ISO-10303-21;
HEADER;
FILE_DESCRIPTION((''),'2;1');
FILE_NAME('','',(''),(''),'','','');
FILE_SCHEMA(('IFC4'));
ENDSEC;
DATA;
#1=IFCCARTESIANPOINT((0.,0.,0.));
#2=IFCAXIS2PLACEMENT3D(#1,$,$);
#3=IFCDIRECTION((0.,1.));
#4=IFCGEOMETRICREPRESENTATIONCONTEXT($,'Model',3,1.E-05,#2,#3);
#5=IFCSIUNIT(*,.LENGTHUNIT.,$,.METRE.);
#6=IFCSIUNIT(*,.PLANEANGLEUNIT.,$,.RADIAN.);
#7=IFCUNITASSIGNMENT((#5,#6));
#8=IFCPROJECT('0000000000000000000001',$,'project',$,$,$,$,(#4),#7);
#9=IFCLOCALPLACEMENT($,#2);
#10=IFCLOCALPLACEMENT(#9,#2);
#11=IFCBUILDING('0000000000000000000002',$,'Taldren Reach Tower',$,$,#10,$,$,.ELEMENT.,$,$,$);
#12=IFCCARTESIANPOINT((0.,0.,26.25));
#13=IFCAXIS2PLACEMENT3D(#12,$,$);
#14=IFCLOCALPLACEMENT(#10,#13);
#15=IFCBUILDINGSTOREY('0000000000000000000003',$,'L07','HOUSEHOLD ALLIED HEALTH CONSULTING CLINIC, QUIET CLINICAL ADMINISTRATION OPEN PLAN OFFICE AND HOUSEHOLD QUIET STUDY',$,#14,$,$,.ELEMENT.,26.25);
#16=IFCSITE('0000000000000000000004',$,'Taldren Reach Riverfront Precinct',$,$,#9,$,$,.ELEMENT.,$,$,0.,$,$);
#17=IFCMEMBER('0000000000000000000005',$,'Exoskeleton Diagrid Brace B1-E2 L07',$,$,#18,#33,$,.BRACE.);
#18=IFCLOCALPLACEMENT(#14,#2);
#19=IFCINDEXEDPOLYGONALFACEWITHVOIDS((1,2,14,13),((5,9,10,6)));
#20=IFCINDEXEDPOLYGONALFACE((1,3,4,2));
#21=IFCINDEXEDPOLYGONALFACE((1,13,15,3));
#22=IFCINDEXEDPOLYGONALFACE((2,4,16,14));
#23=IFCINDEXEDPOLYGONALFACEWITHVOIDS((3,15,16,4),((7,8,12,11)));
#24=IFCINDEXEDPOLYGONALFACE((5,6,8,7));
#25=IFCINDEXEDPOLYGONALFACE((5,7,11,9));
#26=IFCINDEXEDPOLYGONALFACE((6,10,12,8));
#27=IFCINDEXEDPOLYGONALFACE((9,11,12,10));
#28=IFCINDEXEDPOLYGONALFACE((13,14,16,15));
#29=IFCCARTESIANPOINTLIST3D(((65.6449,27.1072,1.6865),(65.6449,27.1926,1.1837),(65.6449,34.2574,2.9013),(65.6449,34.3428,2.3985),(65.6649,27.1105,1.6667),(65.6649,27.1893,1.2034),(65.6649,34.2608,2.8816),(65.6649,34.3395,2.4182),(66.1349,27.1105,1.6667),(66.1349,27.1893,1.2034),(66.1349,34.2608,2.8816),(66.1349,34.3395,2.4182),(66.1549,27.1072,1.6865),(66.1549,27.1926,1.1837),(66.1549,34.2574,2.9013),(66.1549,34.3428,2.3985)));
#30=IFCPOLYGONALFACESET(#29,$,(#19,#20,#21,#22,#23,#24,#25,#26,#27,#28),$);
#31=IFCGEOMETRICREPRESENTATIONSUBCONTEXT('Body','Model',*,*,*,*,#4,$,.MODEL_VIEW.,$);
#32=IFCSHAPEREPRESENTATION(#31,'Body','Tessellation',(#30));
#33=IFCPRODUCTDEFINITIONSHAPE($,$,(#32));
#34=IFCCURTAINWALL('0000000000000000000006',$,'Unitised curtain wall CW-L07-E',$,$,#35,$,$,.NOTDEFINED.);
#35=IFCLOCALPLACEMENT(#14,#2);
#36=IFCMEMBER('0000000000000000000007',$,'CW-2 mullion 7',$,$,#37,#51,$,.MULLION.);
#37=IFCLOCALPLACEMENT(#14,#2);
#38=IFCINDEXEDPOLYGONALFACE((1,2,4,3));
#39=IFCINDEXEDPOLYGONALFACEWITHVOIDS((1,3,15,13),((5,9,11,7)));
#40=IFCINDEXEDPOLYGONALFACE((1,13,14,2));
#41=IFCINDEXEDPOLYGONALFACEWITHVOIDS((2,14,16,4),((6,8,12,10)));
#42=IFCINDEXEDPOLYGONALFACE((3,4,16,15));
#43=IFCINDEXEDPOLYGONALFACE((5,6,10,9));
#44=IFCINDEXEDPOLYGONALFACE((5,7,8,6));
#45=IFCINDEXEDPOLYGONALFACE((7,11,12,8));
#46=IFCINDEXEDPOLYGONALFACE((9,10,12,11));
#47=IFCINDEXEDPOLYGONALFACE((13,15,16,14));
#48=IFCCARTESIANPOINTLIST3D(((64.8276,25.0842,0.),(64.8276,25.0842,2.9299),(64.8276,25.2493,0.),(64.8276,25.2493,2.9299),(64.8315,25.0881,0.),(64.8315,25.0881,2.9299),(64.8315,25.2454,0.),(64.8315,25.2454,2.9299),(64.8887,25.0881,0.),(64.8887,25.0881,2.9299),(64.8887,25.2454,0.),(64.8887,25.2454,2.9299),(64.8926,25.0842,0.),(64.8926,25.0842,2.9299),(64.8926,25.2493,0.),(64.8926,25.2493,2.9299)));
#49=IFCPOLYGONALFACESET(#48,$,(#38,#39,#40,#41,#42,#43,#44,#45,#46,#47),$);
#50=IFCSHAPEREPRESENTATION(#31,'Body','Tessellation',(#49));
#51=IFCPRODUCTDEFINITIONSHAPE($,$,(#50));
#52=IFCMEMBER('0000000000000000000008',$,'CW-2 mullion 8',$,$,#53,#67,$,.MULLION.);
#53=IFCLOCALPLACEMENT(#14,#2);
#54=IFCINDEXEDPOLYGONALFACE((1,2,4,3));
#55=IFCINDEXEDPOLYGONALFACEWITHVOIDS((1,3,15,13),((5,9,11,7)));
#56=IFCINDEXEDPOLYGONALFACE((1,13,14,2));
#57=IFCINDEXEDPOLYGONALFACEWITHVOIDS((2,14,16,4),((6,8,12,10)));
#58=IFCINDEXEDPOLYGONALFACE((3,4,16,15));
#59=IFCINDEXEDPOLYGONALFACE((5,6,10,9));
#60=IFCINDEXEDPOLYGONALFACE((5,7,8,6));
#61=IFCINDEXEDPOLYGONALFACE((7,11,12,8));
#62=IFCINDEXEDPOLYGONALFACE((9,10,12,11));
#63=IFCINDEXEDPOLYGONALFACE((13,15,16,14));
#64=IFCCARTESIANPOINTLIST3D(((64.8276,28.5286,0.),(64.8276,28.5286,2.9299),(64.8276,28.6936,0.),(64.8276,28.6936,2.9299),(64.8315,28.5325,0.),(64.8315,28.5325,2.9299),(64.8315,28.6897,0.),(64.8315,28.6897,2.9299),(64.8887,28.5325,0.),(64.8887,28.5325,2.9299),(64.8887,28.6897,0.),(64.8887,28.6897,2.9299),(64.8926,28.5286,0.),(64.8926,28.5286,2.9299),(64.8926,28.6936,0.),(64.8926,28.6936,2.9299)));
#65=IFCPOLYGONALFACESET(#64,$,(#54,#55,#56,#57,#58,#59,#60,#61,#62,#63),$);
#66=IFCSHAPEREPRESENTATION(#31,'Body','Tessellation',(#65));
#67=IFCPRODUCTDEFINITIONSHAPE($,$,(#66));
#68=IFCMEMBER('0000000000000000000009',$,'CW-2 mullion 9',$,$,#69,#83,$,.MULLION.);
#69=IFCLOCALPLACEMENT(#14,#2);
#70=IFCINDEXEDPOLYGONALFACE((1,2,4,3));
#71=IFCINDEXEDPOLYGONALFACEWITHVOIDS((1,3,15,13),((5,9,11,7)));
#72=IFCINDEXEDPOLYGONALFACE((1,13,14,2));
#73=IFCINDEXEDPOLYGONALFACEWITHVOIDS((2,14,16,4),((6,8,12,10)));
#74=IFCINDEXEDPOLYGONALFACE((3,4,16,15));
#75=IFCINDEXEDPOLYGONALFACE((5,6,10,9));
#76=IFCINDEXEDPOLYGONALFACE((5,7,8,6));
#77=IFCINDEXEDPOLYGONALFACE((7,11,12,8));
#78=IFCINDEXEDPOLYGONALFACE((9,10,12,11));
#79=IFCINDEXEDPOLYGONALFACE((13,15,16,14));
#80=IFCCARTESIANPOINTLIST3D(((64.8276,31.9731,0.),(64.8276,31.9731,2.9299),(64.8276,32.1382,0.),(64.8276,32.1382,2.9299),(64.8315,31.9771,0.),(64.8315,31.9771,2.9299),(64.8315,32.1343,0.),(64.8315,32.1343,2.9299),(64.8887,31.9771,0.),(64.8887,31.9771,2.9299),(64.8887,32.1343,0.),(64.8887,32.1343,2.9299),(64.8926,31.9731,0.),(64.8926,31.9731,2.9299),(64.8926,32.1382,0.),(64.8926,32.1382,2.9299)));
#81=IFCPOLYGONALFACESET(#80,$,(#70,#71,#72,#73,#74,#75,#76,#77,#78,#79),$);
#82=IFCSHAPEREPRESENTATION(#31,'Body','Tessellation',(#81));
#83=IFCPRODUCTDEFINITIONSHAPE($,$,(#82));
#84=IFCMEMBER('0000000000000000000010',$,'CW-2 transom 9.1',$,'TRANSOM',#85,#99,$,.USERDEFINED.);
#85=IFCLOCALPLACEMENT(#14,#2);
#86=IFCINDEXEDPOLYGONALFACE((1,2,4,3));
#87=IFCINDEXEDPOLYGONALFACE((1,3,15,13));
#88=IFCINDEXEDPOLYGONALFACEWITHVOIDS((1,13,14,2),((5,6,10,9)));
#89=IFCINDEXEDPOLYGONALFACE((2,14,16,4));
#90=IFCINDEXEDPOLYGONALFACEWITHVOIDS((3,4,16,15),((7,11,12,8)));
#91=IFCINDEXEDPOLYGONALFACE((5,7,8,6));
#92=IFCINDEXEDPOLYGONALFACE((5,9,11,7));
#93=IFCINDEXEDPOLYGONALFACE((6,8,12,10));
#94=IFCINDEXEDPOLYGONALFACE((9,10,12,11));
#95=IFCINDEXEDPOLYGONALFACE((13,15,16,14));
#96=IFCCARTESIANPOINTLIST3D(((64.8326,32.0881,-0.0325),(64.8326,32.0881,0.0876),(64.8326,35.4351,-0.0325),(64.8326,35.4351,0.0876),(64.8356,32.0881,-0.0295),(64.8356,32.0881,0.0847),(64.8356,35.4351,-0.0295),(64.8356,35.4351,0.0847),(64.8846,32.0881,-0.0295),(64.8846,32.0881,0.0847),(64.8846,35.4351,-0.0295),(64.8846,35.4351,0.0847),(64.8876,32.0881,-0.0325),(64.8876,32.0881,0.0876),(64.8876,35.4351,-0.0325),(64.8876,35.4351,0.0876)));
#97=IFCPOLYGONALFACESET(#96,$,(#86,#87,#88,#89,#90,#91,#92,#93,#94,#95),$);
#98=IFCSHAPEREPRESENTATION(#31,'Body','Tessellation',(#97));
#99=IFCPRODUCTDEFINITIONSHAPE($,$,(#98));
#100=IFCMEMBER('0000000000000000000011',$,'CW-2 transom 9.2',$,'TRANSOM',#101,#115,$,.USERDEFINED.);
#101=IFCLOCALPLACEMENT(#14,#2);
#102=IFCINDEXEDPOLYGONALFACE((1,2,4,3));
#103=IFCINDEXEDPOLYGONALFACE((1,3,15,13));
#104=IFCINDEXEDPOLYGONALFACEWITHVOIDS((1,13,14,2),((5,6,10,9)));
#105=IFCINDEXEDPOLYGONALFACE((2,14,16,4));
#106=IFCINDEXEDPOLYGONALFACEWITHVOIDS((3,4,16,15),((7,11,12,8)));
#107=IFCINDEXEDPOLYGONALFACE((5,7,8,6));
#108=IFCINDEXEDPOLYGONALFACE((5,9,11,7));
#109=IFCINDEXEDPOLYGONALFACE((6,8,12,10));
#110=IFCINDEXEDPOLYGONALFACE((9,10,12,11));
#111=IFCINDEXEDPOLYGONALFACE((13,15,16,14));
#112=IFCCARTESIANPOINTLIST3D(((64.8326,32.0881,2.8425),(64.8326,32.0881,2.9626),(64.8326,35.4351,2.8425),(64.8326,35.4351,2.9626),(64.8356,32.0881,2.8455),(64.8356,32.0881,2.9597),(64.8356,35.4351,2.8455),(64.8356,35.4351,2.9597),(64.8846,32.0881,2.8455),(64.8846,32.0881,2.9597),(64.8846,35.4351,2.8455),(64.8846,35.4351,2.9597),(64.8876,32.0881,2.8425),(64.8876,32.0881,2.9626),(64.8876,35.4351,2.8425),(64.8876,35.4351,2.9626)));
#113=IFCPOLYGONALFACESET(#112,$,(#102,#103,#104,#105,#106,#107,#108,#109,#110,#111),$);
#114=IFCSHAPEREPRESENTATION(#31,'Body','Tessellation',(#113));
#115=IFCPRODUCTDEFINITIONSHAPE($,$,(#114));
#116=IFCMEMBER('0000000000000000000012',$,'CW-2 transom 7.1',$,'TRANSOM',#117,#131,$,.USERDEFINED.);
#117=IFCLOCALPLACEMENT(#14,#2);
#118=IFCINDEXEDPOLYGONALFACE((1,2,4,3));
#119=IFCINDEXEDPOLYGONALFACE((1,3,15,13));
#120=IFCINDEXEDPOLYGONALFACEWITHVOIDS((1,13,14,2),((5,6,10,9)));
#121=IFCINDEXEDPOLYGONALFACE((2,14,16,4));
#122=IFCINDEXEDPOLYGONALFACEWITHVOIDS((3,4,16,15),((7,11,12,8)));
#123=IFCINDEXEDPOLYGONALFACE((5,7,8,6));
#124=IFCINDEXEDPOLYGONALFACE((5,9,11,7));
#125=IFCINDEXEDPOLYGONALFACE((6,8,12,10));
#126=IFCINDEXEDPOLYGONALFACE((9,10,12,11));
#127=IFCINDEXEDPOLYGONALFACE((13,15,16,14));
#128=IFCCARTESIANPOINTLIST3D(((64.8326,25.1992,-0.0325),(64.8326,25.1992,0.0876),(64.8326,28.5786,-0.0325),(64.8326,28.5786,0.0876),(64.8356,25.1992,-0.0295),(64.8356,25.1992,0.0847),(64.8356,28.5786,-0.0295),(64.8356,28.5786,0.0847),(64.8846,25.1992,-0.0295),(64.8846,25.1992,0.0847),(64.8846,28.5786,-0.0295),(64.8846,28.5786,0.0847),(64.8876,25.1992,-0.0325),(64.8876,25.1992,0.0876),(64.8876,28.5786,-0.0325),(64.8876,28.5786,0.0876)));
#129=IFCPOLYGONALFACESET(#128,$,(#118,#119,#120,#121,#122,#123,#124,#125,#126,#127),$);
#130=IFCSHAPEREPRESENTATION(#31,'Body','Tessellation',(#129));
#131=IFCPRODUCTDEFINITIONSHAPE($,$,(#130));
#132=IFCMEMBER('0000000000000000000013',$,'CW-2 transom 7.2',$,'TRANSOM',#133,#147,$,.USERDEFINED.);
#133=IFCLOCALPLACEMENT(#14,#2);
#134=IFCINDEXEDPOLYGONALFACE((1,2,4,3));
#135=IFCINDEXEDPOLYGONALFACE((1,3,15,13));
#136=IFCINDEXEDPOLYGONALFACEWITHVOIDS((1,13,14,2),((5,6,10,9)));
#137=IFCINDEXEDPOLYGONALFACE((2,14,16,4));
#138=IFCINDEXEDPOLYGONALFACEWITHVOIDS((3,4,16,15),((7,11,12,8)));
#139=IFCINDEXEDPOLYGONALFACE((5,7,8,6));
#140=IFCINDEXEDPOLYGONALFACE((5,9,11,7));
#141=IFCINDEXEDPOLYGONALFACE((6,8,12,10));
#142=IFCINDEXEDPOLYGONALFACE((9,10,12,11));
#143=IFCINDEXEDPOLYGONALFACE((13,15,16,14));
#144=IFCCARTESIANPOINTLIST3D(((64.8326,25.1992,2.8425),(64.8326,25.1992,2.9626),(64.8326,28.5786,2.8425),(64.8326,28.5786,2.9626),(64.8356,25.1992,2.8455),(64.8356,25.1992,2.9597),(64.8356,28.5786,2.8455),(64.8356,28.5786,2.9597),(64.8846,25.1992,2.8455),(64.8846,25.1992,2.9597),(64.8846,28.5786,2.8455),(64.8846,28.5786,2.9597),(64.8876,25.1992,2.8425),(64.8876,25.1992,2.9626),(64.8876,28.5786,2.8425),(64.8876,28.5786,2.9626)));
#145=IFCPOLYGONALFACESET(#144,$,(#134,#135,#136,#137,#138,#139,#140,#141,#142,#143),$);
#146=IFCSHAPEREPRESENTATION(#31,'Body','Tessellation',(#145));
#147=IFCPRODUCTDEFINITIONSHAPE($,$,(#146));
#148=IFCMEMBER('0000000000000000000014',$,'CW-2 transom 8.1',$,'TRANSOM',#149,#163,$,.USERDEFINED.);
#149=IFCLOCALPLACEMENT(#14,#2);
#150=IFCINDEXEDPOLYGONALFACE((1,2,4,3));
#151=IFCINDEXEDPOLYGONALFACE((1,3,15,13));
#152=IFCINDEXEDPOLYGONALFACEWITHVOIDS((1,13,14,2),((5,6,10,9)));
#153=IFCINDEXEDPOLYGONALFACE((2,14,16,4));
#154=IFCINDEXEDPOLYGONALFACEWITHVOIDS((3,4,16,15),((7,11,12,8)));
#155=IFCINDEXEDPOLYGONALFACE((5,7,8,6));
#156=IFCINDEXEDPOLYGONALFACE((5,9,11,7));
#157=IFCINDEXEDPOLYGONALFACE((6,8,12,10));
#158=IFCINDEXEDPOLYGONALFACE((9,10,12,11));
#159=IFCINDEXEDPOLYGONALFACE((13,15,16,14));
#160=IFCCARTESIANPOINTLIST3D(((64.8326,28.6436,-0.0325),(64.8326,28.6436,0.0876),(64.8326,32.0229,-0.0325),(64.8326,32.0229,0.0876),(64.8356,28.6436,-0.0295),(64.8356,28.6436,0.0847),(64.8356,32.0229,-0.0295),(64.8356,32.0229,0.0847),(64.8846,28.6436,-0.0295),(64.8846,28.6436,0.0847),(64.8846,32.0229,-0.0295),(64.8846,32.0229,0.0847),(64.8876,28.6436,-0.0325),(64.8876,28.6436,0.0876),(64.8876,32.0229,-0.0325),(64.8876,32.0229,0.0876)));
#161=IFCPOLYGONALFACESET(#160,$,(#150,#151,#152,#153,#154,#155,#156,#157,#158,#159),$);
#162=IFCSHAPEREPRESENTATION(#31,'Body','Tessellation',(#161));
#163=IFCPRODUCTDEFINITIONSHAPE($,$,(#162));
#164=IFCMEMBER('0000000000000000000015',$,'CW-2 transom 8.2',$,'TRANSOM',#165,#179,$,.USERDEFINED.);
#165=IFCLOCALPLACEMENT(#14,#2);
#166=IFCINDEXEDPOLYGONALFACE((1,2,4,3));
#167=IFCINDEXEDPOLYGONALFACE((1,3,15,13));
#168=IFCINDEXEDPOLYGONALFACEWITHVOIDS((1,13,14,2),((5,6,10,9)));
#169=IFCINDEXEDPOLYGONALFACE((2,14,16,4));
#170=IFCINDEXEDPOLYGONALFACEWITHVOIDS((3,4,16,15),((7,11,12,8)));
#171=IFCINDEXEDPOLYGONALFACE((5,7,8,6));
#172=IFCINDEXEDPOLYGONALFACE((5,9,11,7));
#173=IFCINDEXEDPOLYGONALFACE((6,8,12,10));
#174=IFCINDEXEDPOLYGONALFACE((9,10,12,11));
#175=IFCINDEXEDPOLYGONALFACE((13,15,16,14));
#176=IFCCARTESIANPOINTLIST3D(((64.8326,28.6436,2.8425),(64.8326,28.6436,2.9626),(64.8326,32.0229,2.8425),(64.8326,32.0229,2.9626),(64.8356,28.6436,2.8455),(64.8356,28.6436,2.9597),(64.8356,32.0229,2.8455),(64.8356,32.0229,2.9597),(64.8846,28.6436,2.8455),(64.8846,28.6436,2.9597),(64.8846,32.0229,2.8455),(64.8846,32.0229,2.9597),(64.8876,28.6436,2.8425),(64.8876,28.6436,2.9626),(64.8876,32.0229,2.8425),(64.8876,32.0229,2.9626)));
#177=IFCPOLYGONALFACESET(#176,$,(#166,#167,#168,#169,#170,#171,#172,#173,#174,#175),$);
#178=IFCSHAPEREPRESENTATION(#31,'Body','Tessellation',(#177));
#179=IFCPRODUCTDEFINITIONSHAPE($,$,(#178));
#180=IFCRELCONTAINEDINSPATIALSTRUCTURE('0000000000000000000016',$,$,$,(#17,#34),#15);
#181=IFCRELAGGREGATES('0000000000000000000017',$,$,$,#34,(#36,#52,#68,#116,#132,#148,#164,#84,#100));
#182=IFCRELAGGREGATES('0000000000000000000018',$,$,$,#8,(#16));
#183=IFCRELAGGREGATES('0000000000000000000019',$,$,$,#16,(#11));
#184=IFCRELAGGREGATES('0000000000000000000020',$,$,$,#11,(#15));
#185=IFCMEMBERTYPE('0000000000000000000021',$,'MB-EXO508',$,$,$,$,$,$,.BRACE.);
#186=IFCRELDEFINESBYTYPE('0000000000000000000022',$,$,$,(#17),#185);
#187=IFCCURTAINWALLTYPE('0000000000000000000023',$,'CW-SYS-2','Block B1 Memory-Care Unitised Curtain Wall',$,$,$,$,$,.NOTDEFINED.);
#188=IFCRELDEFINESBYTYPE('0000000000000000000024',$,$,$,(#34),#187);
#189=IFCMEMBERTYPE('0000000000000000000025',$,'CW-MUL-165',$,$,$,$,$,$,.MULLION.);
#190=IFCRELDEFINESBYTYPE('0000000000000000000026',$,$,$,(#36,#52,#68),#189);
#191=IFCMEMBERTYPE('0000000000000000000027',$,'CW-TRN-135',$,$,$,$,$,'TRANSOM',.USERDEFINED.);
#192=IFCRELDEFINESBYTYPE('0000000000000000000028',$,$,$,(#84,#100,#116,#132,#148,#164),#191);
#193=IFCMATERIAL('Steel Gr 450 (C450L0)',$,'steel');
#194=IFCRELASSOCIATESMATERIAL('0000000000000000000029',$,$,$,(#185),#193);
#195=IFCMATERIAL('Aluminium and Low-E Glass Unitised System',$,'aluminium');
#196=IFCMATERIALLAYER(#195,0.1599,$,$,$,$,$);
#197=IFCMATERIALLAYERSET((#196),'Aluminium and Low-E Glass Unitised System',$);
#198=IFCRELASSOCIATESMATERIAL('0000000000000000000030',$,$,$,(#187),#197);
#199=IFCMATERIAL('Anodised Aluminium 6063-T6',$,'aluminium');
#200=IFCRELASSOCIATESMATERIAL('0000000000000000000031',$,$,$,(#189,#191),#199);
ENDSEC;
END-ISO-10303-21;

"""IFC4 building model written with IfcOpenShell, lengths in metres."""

from ifc_helpers import new_model, si_unit, direction, frame, origin, origin_2d, place, context, subcontext, project, spatial, hollow_rectangle, extrude, source, transform, mapped, material, layer, layer_set, material_profile, profile_set, type_object, element, aggregate, save


model = new_model("IFC4")

# Units and contexts
model_context = context("Model", 3, precision=1e-05, world=origin(), true_north=direction((0.0, 1.0)))
body_context = subcontext(model_context, "Body", "Model", "MODEL_VIEW")
ifc_project = project(units=[si_unit("LENGTHUNIT", "METRE"), si_unit("PLANEANGLEUNIT", "RADIAN")], contexts=[model_context])

# Site, building, storey
site_placement = place(None, origin())
site = spatial("IfcSite", under=ifc_project, at=site_placement, Name="Taldren Reach Riverfront Precinct", CompositionType="ELEMENT", RefElevation=0.0)
building_placement = place(site_placement, origin())
building = spatial("IfcBuilding", under=site, at=building_placement, Name="Taldren Reach Tower", CompositionType="ELEMENT")
storey_placement = place(building_placement, frame((0.0, 0.0, 26.25)))
storey = spatial("IfcBuildingStorey", under=building, at=storey_placement, Name="L07", Description="HOUSEHOLD ALLIED HEALTH CONSULTING CLINIC, QUIET CLINICAL ADMINISTRATION OPEN PLAN OFFICE AND HOUSEHOLD QUIET STUDY", CompositionType="ELEMENT", Elevation=26.25)

# Member
ifc_material_1 = material(Name="Steel Gr 450 (C450L0)", Category="steel")
ifc_material_profile_1 = material_profile(ifc_material_1, hollow_rectangle(XDim=0.51, YDim=0.51, WallThickness=0.02, at=origin_2d()), Name="510x510x20.0SHS")
ifc_profile_set_1 = profile_set([ifc_material_profile_1], Name="Steel Gr 450 (C450L0)")
member_type_1 = type_object("IfcMemberType", Name="MB-EXO508", PredefinedType="BRACE", material=ifc_profile_set_1)
shared_shape_1 = source(origin(), body_context, "Body", "SweptSolid", [
    extrude(hollow_rectangle(XDim=0.51, YDim=0.51, WallThickness=0.02, at=origin_2d()), origin(), (0.0, 0.0, 1.0), 7.2527),
])
member_1_placement = place(storey_placement, frame((65.8999, 27.1499, 1.4351), z_axis=(0.0, 0.985871, 0.167504), x_axis=(-1.0, 0.0, 0.0)))
element("IfcMember", 1, at=member_1_placement, inside=storey, type_object=member_type_1, Name="Exoskeleton Diagrid Brace B1-E2 L07", PredefinedType="BRACE", context=body_context, shape_type="MappedRepresentation", body=[
    mapped(shared_shape_1, transform((0.0, 0.0, 0.0), scale=1.0)),
])

# Curtain wall, members
ifc_material_2 = material(Name="Aluminium and Low-E Glass Unitised System", Category="aluminium")
ifc_layer_1 = layer(ifc_material_2, 0.1599)
ifc_layer_set_1 = layer_set([ifc_layer_1], Name="Aluminium and Low-E Glass Unitised System")
curtain_wall_type = type_object("IfcCurtainWallType", Name="CW-SYS-2", Description="Block B1 Memory-Care Unitised Curtain Wall", PredefinedType="NOTDEFINED", material=ifc_layer_set_1)
curtain_wall_placement = place(storey_placement, origin())
curtain_wall = element("IfcCurtainWall", 2, at=curtain_wall_placement, inside=storey, type_object=curtain_wall_type, Name="Unitised curtain wall CW-L07-E", PredefinedType="NOTDEFINED")
ifc_material_3 = material(Name="Anodised Aluminium 6063-T6", Category="aluminium")
ifc_material_profile_2 = material_profile(ifc_material_3, hollow_rectangle(XDim=0.0649, YDim=0.165, WallThickness=0.0039, at=origin_2d()), Name="ALU-165x65x4RHS")
ifc_profile_set_2 = profile_set([ifc_material_profile_2], Name="Anodised Aluminium 6063-T6")
member_type_2 = type_object("IfcMemberType", Name="CW-MUL-165", PredefinedType="MULLION", material=ifc_profile_set_2)
shared_shape_2 = source(origin(), body_context, "Body", "SweptSolid", [
    extrude(hollow_rectangle(XDim=0.0649, YDim=0.165, WallThickness=0.0039, at=origin_2d()), origin(), (0.0, 0.0, 1.0), 2.9299),
])
member_2_placement = place(storey_placement, frame((64.8601, 25.1667, 0.0), z_axis=(0.0, 0.0, 1.0), x_axis=(-1.0, 0.0, 0.0)))
member_2 = element("IfcMember", 3, at=member_2_placement, type_object=member_type_2, Name="CW-2 mullion 7", PredefinedType="MULLION", context=body_context, shape_type="MappedRepresentation", body=[
    mapped(shared_shape_2, transform((0.0, 0.0, 0.0), scale=1.0)),
])
member_3_placement = place(storey_placement, frame((64.8601, 28.6111, 0.0), z_axis=(0.0, 0.0, 1.0), x_axis=(-1.0, 0.0, 0.0)))
member_3 = element("IfcMember", 4, at=member_3_placement, type_object=member_type_2, Name="CW-2 mullion 8", PredefinedType="MULLION", context=body_context, shape_type="MappedRepresentation", body=[
    mapped(shared_shape_2, transform((0.0, 0.0, 0.0), scale=1.0)),
])
member_4_placement = place(storey_placement, frame((64.8601, 32.0557, 0.0), z_axis=(0.0, 0.0, 1.0), x_axis=(-1.0, 0.0, 0.0)))
member_4 = element("IfcMember", 5, at=member_4_placement, type_object=member_type_2, Name="CW-2 mullion 9", PredefinedType="MULLION", context=body_context, shape_type="MappedRepresentation", body=[
    mapped(shared_shape_2, transform((0.0, 0.0, 0.0), scale=1.0)),
])
ifc_material_profile_3 = material_profile(ifc_material_3, hollow_rectangle(XDim=0.0549, YDim=0.1201, WallThickness=0.0029, at=origin_2d()), Name="ALU-120x55x3RHS")
ifc_profile_set_3 = profile_set([ifc_material_profile_3], Name="Anodised Aluminium 6063-T6")
member_type_3 = type_object("IfcMemberType", Name="CW-TRN-135", ElementType="TRANSOM", PredefinedType="USERDEFINED", material=ifc_profile_set_3)
shared_shape_3 = source(origin(), body_context, "Body", "SweptSolid", [
    extrude(hollow_rectangle(XDim=0.0549, YDim=0.1201, WallThickness=0.0029, at=origin_2d()), origin(), (0.0, 0.0, 1.0), 3.3469),
])
member_5_placement = place(storey_placement, frame((64.8601, 32.0881, 0.0276), z_axis=(0.0, 1.0, 0.0), x_axis=(-1.0, 0.0, 0.0)))
member_5 = element("IfcMember", 6, at=member_5_placement, type_object=member_type_3, Name="CW-2 transom 9.1", ObjectType="TRANSOM", PredefinedType="USERDEFINED", context=body_context, shape_type="MappedRepresentation", body=[
    mapped(shared_shape_3, transform((0.0, 0.0, 0.0), scale=1.0)),
])
member_6_placement = place(storey_placement, frame((64.8601, 32.0881, 2.9026), z_axis=(0.0, 1.0, 0.0), x_axis=(-1.0, 0.0, 0.0)))
member_6 = element("IfcMember", 7, at=member_6_placement, type_object=member_type_3, Name="CW-2 transom 9.2", ObjectType="TRANSOM", PredefinedType="USERDEFINED", context=body_context, shape_type="MappedRepresentation", body=[
    mapped(shared_shape_3, transform((0.0, 0.0, 0.0), scale=1.0)),
])
shared_shape_4 = source(origin(), body_context, "Body", "SweptSolid", [
    extrude(hollow_rectangle(XDim=0.0549, YDim=0.1201, WallThickness=0.0029, at=origin_2d()), origin(), (0.0, 0.0, 1.0), 3.3794),
])
member_7_placement = place(storey_placement, frame((64.8601, 25.1992, 0.0276), z_axis=(0.0, 1.0, 0.0), x_axis=(-1.0, 0.0, 0.0)))
member_7 = element("IfcMember", 8, at=member_7_placement, type_object=member_type_3, Name="CW-2 transom 7.1", ObjectType="TRANSOM", PredefinedType="USERDEFINED", context=body_context, shape_type="MappedRepresentation", body=[
    mapped(shared_shape_4, transform((0.0, 0.0, 0.0), scale=1.0)),
])
member_8_placement = place(storey_placement, frame((64.8601, 25.1992, 2.9026), z_axis=(0.0, 1.0, 0.0), x_axis=(-1.0, 0.0, 0.0)))
member_8 = element("IfcMember", 9, at=member_8_placement, type_object=member_type_3, Name="CW-2 transom 7.2", ObjectType="TRANSOM", PredefinedType="USERDEFINED", context=body_context, shape_type="MappedRepresentation", body=[
    mapped(shared_shape_4, transform((0.0, 0.0, 0.0), scale=1.0)),
])
member_9_placement = place(storey_placement, frame((64.8601, 28.6436, 0.0276), z_axis=(0.0, 1.0, 0.0), x_axis=(-1.0, 0.0, 0.0)))
member_9 = element("IfcMember", 10, at=member_9_placement, type_object=member_type_3, Name="CW-2 transom 8.1", ObjectType="TRANSOM", PredefinedType="USERDEFINED", context=body_context, shape_type="MappedRepresentation", body=[
    mapped(shared_shape_4, transform((0.0, 0.0, 0.0), scale=1.0)),
])
member_10_placement = place(storey_placement, frame((64.8601, 28.6436, 2.9026), z_axis=(0.0, 1.0, 0.0), x_axis=(-1.0, 0.0, 0.0)))
member_10 = element("IfcMember", 11, at=member_10_placement, type_object=member_type_3, Name="CW-2 transom 8.2", ObjectType="TRANSOM", PredefinedType="USERDEFINED", context=body_context, shape_type="MappedRepresentation", body=[
    mapped(shared_shape_4, transform((0.0, 0.0, 0.0), scale=1.0)),
])

aggregate(curtain_wall, [member_2, member_3, member_4, member_7, member_8, member_9, member_10, member_5, member_6])

save(model, "model.ifc")
